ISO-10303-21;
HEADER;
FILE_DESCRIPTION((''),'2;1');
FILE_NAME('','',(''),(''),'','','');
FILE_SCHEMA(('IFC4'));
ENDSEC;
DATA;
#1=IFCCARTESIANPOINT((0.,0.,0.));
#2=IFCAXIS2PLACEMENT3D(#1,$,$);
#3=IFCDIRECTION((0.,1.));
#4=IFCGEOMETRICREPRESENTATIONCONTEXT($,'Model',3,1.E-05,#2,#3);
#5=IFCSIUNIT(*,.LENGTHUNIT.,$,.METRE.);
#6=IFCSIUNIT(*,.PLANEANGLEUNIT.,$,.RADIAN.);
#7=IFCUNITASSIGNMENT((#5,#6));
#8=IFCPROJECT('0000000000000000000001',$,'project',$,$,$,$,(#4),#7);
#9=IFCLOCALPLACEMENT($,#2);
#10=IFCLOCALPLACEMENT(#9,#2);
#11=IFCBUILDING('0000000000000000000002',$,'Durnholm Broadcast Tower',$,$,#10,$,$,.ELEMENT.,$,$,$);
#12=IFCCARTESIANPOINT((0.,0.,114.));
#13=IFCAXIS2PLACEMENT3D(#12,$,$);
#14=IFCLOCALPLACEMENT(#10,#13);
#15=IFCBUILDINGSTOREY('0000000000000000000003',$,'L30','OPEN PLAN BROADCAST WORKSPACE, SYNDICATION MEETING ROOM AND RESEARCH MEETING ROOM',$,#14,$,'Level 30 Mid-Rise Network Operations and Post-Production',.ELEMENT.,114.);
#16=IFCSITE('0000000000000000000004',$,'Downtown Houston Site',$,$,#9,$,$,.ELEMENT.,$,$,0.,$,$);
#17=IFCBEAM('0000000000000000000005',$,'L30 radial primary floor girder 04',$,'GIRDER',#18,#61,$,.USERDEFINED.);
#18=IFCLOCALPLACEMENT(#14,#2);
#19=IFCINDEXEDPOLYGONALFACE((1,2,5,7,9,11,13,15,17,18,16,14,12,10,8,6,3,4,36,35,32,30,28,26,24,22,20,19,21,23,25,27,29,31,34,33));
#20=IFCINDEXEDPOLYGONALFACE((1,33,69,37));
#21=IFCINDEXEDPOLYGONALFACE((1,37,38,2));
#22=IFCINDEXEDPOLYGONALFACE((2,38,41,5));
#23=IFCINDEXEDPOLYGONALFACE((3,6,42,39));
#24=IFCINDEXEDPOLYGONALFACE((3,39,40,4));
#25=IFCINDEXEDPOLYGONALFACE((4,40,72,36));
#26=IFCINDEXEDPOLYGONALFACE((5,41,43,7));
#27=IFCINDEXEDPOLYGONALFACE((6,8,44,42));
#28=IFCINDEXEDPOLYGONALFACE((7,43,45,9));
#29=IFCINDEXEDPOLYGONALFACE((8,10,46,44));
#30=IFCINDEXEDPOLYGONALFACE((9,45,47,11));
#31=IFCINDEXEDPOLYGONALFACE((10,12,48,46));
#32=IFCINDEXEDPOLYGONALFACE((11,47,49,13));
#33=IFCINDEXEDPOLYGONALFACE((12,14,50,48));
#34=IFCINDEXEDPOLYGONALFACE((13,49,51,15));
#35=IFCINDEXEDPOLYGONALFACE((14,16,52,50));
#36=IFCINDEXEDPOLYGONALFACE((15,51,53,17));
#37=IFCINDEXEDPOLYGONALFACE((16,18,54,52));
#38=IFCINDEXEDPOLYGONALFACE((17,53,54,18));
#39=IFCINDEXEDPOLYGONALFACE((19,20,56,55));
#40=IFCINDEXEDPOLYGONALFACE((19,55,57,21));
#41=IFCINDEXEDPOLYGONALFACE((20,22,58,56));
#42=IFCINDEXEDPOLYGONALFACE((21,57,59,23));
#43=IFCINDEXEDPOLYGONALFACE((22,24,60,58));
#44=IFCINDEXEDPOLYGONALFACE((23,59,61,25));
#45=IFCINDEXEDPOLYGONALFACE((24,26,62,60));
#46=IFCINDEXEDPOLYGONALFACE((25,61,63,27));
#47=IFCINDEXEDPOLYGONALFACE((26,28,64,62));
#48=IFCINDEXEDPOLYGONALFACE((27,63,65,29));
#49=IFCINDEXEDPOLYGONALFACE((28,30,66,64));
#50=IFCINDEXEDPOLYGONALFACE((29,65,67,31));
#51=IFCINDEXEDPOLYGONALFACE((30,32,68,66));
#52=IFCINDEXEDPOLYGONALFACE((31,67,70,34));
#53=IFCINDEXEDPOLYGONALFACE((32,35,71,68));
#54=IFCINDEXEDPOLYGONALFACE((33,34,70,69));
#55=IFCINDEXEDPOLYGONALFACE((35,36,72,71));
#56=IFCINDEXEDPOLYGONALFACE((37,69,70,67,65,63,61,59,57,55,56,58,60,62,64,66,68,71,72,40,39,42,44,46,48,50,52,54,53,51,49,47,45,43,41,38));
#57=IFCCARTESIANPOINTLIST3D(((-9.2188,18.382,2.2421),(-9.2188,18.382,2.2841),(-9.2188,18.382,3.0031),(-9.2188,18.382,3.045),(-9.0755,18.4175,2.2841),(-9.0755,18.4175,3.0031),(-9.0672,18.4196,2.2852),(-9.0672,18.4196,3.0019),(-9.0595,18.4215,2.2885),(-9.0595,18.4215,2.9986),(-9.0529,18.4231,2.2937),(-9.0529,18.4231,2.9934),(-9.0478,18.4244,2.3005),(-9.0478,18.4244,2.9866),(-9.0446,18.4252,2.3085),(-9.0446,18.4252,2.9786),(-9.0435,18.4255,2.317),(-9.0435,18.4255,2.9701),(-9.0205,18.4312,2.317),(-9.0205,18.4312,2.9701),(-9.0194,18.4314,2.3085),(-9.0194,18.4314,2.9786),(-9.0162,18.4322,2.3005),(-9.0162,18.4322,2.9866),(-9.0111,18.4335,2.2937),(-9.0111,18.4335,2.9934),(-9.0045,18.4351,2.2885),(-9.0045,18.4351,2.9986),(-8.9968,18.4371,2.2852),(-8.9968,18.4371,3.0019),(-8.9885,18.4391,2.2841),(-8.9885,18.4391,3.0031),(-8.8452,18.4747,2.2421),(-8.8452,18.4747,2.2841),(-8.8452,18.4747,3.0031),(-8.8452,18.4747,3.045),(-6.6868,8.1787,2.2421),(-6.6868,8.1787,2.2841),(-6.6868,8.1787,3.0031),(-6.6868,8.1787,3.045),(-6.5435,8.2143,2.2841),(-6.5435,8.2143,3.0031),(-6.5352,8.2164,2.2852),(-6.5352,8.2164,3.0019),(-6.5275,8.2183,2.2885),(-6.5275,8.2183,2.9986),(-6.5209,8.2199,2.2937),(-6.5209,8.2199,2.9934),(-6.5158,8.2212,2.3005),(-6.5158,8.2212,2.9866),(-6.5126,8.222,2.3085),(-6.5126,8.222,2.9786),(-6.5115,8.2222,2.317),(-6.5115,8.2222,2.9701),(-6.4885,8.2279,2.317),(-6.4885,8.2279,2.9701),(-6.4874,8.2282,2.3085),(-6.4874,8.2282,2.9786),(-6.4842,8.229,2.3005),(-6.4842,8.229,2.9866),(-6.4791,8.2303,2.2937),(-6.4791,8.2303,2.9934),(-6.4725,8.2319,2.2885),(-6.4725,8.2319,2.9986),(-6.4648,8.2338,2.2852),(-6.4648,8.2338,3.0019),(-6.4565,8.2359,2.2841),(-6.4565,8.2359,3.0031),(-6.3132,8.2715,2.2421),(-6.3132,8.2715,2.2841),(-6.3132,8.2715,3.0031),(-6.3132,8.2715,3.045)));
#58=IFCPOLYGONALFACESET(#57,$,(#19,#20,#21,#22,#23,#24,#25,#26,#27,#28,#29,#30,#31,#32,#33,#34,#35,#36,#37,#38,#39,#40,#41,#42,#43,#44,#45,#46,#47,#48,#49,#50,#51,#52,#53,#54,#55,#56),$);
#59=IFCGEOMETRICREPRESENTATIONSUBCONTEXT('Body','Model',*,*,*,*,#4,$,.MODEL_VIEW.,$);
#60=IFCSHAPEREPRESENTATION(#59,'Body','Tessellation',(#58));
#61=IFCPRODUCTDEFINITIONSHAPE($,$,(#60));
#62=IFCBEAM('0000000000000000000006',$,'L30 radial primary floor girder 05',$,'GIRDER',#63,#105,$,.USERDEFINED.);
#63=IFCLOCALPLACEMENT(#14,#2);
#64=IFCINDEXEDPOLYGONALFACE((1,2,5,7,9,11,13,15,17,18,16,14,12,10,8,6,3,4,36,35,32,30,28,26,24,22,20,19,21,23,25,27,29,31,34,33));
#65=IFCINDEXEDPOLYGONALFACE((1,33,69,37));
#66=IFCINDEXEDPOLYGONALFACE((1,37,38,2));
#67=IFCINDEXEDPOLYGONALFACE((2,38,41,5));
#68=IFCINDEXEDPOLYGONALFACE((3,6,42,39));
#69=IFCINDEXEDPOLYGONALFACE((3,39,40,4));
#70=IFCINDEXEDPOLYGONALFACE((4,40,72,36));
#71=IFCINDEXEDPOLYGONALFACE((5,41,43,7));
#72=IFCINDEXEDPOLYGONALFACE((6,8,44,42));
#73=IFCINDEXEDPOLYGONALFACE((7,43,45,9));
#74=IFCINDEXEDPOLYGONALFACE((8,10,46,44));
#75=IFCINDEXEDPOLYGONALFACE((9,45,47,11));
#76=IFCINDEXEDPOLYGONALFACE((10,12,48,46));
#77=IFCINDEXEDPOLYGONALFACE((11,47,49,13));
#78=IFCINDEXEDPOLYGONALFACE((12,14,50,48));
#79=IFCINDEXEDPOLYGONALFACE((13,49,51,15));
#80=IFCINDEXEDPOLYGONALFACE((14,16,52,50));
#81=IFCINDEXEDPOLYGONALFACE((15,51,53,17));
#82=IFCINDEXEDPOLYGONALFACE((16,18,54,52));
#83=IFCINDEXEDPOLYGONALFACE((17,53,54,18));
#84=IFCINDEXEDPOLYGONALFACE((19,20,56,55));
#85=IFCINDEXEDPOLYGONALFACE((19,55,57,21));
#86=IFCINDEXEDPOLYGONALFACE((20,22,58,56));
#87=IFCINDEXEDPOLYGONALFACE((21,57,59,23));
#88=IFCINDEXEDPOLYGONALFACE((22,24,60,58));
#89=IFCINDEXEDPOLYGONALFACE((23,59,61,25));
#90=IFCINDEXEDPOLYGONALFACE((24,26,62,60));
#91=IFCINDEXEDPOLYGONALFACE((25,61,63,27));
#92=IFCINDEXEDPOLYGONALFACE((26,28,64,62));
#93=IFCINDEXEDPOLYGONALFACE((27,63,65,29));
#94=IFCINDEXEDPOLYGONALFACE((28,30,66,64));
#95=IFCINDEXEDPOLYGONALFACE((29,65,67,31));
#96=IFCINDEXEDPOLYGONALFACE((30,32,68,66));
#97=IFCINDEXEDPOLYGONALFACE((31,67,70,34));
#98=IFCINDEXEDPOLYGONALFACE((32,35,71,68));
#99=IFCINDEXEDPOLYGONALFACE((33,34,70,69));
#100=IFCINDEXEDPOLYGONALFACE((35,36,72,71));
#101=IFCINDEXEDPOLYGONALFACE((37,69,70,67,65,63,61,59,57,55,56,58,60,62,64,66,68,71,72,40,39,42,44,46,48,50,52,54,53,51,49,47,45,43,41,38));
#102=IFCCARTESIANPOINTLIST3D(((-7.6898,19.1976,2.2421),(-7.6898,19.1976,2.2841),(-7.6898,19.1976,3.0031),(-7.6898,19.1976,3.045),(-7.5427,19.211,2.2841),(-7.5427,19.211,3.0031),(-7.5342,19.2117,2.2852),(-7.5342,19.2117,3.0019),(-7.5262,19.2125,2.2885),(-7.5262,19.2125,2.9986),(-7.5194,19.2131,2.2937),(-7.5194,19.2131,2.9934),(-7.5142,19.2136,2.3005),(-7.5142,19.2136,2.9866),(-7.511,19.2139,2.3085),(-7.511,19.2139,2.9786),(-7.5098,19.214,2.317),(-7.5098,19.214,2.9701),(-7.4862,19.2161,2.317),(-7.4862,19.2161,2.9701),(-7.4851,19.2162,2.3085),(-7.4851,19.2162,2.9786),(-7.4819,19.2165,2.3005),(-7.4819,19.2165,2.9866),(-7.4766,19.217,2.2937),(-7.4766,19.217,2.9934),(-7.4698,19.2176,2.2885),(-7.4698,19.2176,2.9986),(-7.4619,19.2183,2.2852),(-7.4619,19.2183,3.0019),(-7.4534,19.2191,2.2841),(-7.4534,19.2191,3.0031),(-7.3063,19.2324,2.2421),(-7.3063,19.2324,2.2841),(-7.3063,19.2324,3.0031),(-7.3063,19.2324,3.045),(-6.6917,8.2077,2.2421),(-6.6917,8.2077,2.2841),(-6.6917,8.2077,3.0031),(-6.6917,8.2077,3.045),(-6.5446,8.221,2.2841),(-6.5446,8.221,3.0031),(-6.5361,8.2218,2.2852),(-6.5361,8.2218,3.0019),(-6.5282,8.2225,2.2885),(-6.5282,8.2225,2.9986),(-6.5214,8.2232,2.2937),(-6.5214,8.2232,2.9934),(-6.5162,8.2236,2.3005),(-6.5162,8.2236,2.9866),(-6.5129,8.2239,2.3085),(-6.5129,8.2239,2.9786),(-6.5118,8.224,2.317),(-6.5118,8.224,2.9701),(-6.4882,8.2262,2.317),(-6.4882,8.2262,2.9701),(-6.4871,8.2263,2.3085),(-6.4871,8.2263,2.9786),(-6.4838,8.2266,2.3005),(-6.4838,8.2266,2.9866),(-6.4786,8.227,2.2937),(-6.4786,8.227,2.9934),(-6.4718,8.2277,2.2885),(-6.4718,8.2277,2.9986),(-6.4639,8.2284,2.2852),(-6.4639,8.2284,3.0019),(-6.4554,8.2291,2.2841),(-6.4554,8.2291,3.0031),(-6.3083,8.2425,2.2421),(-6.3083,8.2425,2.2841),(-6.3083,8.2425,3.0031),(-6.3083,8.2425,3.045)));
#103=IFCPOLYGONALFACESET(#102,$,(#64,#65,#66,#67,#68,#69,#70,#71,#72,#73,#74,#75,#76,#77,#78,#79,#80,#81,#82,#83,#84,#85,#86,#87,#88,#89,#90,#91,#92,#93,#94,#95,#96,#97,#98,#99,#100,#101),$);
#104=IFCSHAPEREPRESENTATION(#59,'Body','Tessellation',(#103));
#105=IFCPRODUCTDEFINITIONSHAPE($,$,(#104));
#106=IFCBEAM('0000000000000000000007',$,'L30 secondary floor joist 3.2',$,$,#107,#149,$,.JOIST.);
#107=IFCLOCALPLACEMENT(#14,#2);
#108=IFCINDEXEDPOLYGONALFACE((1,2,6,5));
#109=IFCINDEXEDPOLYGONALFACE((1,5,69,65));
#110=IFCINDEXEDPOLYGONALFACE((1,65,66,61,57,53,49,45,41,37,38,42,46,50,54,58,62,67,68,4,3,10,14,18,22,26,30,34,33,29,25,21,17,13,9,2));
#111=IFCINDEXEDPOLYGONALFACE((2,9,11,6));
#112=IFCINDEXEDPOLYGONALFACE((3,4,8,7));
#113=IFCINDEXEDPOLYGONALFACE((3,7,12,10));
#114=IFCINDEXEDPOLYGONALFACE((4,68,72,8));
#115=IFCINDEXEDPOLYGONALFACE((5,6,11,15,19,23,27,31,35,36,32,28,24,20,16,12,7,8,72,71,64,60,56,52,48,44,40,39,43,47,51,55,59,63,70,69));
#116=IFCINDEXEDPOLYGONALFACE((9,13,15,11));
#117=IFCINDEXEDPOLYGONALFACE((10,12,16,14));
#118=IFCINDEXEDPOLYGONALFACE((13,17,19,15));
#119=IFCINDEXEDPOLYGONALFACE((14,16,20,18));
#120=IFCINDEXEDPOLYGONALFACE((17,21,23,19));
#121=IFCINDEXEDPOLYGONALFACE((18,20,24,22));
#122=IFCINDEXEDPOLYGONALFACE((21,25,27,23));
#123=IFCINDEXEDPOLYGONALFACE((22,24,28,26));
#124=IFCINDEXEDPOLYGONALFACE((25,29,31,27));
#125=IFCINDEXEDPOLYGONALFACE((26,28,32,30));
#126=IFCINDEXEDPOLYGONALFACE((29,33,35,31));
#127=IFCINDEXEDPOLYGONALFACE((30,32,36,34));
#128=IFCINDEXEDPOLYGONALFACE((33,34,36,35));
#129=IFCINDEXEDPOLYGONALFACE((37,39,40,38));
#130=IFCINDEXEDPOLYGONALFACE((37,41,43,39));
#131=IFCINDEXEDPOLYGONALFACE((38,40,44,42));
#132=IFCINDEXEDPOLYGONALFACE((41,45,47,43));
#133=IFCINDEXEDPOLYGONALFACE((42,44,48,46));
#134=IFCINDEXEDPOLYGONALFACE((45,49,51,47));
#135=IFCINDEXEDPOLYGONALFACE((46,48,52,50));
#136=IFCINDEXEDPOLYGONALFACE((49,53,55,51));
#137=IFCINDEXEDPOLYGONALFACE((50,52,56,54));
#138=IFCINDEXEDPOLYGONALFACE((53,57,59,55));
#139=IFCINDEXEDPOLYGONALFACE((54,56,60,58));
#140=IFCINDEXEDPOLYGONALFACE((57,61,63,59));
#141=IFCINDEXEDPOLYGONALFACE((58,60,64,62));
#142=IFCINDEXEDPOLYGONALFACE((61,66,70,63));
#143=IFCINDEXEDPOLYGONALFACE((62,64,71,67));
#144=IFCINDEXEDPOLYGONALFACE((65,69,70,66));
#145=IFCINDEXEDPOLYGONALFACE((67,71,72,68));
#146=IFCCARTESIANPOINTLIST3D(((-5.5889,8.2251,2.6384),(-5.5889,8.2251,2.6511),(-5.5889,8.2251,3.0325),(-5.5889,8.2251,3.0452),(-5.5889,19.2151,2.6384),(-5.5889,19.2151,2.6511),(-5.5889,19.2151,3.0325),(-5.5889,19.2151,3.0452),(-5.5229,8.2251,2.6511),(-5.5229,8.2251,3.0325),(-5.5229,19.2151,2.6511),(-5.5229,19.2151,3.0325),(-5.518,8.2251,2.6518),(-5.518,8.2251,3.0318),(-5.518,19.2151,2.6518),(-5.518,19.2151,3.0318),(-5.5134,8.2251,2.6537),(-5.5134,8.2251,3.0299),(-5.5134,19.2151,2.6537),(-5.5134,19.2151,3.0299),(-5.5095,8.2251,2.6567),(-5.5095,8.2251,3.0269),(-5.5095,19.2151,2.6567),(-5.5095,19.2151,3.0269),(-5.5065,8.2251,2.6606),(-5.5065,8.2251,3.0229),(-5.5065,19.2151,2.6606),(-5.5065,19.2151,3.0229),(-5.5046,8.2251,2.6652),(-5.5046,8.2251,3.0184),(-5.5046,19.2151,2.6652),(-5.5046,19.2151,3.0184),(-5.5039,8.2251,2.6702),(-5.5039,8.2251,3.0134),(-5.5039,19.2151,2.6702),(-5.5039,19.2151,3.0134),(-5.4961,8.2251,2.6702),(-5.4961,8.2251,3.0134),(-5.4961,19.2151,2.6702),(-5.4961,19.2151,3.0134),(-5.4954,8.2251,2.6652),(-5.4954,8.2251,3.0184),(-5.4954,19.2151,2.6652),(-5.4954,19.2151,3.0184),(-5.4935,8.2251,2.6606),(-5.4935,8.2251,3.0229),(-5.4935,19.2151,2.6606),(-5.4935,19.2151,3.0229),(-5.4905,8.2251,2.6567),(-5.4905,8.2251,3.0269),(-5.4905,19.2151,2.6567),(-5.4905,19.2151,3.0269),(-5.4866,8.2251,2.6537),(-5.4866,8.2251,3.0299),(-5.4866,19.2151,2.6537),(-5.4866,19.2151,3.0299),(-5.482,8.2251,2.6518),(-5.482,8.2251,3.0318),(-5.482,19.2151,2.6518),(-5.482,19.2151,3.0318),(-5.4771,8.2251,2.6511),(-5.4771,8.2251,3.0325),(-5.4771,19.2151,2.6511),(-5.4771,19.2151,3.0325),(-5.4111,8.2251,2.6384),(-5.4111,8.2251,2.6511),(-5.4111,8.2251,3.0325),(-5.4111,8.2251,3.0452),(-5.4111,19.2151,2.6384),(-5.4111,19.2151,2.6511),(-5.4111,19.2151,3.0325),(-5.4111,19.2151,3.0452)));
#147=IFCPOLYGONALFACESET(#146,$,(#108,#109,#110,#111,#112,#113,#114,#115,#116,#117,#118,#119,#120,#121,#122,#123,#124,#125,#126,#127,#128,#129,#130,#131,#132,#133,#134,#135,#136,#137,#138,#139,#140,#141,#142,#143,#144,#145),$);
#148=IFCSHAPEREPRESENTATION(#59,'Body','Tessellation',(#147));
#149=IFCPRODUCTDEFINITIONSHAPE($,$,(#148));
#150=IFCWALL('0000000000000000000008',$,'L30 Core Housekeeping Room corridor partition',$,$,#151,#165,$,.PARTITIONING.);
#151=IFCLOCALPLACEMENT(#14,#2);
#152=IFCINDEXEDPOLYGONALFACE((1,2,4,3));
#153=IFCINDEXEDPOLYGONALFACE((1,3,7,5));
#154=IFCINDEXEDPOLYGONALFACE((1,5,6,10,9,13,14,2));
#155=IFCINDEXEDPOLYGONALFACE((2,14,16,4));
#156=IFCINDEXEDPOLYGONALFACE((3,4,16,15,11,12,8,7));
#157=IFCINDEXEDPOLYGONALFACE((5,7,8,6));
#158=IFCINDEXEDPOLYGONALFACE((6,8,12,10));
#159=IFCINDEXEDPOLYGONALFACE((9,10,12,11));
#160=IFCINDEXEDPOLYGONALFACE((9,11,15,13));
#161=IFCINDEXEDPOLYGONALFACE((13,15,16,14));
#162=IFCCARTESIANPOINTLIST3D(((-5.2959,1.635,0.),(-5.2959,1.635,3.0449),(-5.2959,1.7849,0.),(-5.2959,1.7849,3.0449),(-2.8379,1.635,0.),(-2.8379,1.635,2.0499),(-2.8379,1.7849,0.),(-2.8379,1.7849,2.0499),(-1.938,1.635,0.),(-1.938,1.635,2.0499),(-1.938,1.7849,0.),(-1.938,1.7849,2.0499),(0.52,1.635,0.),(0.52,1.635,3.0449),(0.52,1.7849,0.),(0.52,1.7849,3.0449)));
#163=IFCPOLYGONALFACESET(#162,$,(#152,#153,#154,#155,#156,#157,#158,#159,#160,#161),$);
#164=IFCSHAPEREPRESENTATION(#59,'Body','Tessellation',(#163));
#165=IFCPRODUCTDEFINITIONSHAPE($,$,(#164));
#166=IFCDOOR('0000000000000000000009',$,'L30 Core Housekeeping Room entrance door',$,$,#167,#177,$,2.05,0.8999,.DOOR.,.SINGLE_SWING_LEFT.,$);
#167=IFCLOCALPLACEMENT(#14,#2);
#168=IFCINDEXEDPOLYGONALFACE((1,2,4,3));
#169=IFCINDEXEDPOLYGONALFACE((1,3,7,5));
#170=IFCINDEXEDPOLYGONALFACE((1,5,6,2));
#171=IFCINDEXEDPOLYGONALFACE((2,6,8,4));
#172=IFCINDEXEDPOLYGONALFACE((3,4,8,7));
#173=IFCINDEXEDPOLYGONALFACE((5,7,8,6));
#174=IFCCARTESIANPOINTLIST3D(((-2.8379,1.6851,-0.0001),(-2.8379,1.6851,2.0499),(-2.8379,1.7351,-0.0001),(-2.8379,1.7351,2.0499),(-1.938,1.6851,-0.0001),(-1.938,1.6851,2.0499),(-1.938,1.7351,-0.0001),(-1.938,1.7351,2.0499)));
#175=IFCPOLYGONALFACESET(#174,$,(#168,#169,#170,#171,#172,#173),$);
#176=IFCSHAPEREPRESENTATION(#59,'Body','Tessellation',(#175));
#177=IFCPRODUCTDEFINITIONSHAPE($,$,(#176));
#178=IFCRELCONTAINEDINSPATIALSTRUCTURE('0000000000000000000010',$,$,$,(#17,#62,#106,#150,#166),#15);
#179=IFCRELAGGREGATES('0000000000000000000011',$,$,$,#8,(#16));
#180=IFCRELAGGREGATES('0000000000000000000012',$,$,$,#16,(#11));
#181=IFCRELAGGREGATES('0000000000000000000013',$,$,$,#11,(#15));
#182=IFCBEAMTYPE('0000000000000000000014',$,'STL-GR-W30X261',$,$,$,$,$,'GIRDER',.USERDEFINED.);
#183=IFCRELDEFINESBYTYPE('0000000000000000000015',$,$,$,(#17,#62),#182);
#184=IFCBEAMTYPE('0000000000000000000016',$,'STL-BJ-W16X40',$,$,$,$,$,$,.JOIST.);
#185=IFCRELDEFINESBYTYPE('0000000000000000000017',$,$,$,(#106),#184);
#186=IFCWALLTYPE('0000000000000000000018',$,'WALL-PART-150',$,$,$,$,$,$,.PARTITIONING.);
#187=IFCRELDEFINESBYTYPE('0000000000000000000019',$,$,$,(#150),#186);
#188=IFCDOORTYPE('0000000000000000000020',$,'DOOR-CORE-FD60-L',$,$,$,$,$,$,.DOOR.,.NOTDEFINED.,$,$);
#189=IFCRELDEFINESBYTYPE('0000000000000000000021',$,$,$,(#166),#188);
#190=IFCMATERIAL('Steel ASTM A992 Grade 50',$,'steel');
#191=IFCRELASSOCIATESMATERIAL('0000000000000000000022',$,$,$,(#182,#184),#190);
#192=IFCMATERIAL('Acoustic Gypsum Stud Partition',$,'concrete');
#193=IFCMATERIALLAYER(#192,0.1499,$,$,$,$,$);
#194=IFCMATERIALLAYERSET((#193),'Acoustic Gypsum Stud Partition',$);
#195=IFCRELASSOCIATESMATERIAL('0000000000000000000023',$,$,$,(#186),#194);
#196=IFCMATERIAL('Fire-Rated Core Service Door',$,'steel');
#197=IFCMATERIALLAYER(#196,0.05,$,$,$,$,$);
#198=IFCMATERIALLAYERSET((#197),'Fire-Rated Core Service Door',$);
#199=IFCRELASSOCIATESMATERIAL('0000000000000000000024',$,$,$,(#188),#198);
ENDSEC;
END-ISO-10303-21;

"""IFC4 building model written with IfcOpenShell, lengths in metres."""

from ifc_helpers import new_model, si_unit, direction, frame, frame_2d, origin, origin_2d, place, context, subcontext, project, spatial, rectangle, i_section, extrude, source, transform, mapped, material, layer, layer_set, material_profile, profile_set, type_object, type_shapes, element, fill, save


model = new_model("IFC4")

# Units and contexts
model_context = context("Model", 3, precision=1e-05, world=origin(), true_north=direction((0.0, 1.0)))
body_context = subcontext(model_context, "Body", "Model", "MODEL_VIEW")
ifc_project = project(units=[si_unit("LENGTHUNIT", "METRE"), si_unit("PLANEANGLEUNIT", "RADIAN")], contexts=[model_context])

# Site, building, storey
site_placement = place(None, origin())
site = spatial("IfcSite", under=ifc_project, at=site_placement, Name="Downtown Houston Site", CompositionType="ELEMENT", RefElevation=0.0)
building_placement = place(site_placement, origin())
building = spatial("IfcBuilding", under=site, at=building_placement, Name="Durnholm Broadcast Tower", CompositionType="ELEMENT")
storey_placement = place(building_placement, frame((0.0, 0.0, 114.0)))
storey = spatial("IfcBuildingStorey", under=building, at=storey_placement, Name="L30", Description="OPEN PLAN BROADCAST WORKSPACE, SYNDICATION MEETING ROOM AND RESEARCH MEETING ROOM", LongName="Level 30 Mid-Rise Network Operations and Post-Production", CompositionType="ELEMENT", Elevation=114.0)

# Beams
ifc_material_1 = material(Name="Steel ASTM A992 Grade 50", Category="steel")
ifc_material_profile_1 = material_profile(ifc_material_1, i_section(OverallWidth=0.385, OverallDepth=0.803, WebThickness=0.0237, FlangeThickness=0.042, FilletRadius=0.033, at=origin_2d()), Name="W30X261")
ifc_profile_set_1 = profile_set([ifc_material_profile_1], Name="Steel ASTM A992 Grade 50")
beam_type_1 = type_object("IfcBeamType", Name="STL-GR-W30X261", ElementType="GIRDER", PredefinedType="USERDEFINED", material=ifc_profile_set_1)
shared_shape_1 = source(origin(), body_context, "Body", "SweptSolid", [
    extrude(i_section(OverallWidth=0.385, OverallDepth=0.803, WebThickness=0.0237, FlangeThickness=0.042, FilletRadius=0.033, at=origin_2d()), origin(), (0.0, 0.0, 1.0), 10.5127),
])
beam_1_placement = place(storey_placement, frame((-6.5, 8.2251, 2.6436), z_axis=(-0.240852, 0.970562, 0.0), x_axis=(-0.970562, -0.240852, 0.0)))
element("IfcBeam", 1, at=beam_1_placement, inside=storey, type_object=beam_type_1, Name="L30 radial primary floor girder 04", ObjectType="GIRDER", PredefinedType="USERDEFINED", context=body_context, shape_type="MappedRepresentation", body=[
    mapped(shared_shape_1, transform((0.0, 0.0, 0.0), x_axis=(1.0, 0.0, 0.0), y_axis=(0.0, 1.0, 0.0), z_axis=(0.0, 0.0, 1.0), scale=1.0)),
])
shared_shape_2 = source(origin(), body_context, "Body", "SweptSolid", [
    extrude(i_section(OverallWidth=0.385, OverallDepth=0.803, WebThickness=0.0237, FlangeThickness=0.042, FilletRadius=0.033, at=origin_2d()), origin(), (0.0, 0.0, 1.0), 11.0352),
])
type_shapes(beam_type_1, [shared_shape_1, shared_shape_2])
beam_2_placement = place(storey_placement, frame((-6.5, 8.2251, 2.6436), z_axis=(-0.090442, 0.995902, 0.0), x_axis=(-0.995902, -0.090442, 0.0)))
element("IfcBeam", 2, at=beam_2_placement, inside=storey, type_object=beam_type_1, Name="L30 radial primary floor girder 05", ObjectType="GIRDER", PredefinedType="USERDEFINED", context=body_context, shape_type="MappedRepresentation", body=[
    mapped(shared_shape_2, transform((0.0, 0.0, 0.0), x_axis=(1.0, 0.0, 0.0), y_axis=(0.0, 1.0, 0.0), z_axis=(0.0, 0.0, 1.0), scale=1.0)),
])
ifc_material_profile_2 = material_profile(ifc_material_1, i_section(OverallWidth=0.1777, OverallDepth=0.4067, WebThickness=0.0078, FlangeThickness=0.0127, FilletRadius=0.019, at=origin_2d()), Name="W16X40")
ifc_profile_set_2 = profile_set([ifc_material_profile_2], Name="Steel ASTM A992 Grade 50")
beam_type_2 = type_object("IfcBeamType", Name="STL-BJ-W16X40", PredefinedType="JOIST", material=ifc_profile_set_2)
shared_shape_3 = source(origin(), body_context, "Body", "SweptSolid", [
    extrude(i_section(OverallWidth=0.1777, OverallDepth=0.4067, WebThickness=0.0078, FlangeThickness=0.0127, FilletRadius=0.019, at=origin_2d()), origin(), (0.0, 0.0, 1.0), 10.99),
])
type_shapes(beam_type_2, [shared_shape_3])
beam_3_placement = place(storey_placement, frame((-5.5, 8.2251, 2.8418), z_axis=(0.0, 1.0, 0.0), x_axis=(-1.0, 0.0, 0.0)))
element("IfcBeam", 3, at=beam_3_placement, inside=storey, type_object=beam_type_2, Name="L30 secondary floor joist 3.2", PredefinedType="JOIST", context=body_context, shape_type="MappedRepresentation", body=[
    mapped(shared_shape_3, transform((0.0, 0.0, 0.0), x_axis=(1.0, 0.0, 0.0), y_axis=(0.0, 1.0, 0.0), z_axis=(0.0, 0.0, 1.0), scale=1.0)),
])

# Wall, opening, door
ifc_material_2 = material(Name="Acoustic Gypsum Stud Partition", Category="concrete")
ifc_layer_1 = layer(ifc_material_2, 0.1499)
ifc_layer_set_1 = layer_set([ifc_layer_1], Name="Acoustic Gypsum Stud Partition")
wall_type_1 = type_object("IfcWallType", Name="WALL-PART-150", PredefinedType="PARTITIONING", material=ifc_layer_set_1)
wall_1_placement = place(storey_placement, frame((0.52, 1.71, 0.0), z_axis=(0.0, 0.0, 1.0), x_axis=(-1.0, 0.0, 0.0)))
wall_1 = element("IfcWall", 4, at=wall_1_placement, inside=storey, type_object=wall_type_1, Name="L30 Core Housekeeping Room corridor partition", PredefinedType="PARTITIONING", context=body_context, shape_type="SweptSolid", body=[
    extrude(rectangle(XDim=5.8159, YDim=0.1499, at=frame_2d((2.908, 0.0))), origin(), (0.0, 0.0, 1.0), 3.0449),
])
opening_1_placement = place(wall_1_placement, frame((2.458, 0.0, 0.0)))
opening_1 = element("IfcOpeningElement", 5, at=opening_1_placement, cuts=wall_1, PredefinedType="OPENING", context=body_context, shape_type="SweptSolid", body=[
    extrude(rectangle(XDim=0.8999, YDim=2.05, at=frame_2d((0.45, 1.0249))), frame((0.0, 0.085, 0.0), z_axis=(0.0, -1.0, 0.0), x_axis=(1.0, 0.0, 0.0)), (0.0, 0.0, 1.0), 0.1699),
])
ifc_material_3 = material(Name="Fire-Rated Core Service Door", Category="steel")
ifc_layer_2 = layer(ifc_material_3, 0.05)
ifc_layer_set_2 = layer_set([ifc_layer_2], Name="Fire-Rated Core Service Door")
door_type_1 = type_object("IfcDoorType", Name="DOOR-CORE-FD60-L", OperationType="NOTDEFINED", PredefinedType="DOOR", material=ifc_layer_set_2)
shared_shape_4 = source(origin(), body_context, "Body", "SweptSolid", [
    extrude(rectangle(XDim=0.8999, YDim=2.05, at=frame_2d((0.45, 1.0249))), frame((0.0, 0.0249, 0.0), z_axis=(0.0, -1.0, 0.0), x_axis=(1.0, 0.0, 0.0)), (0.0, 0.0, 1.0), 0.05),
])
type_shapes(door_type_1, [shared_shape_4])
door_1_placement = place(opening_1_placement, origin())
door_1 = element("IfcDoor", 6, at=door_1_placement, inside=storey, type_object=door_type_1, Name="L30 Core Housekeeping Room entrance door", OperationType="SINGLE_SWING_LEFT", OverallHeight=2.05, OverallWidth=0.8999, PredefinedType="DOOR", context=body_context, shape_type="MappedRepresentation", body=[
    mapped(shared_shape_4, transform((0.0, 0.0, 0.0), x_axis=(1.0, 0.0, 0.0), y_axis=(0.0, 1.0, 0.0), z_axis=(0.0, 0.0, 1.0), scale=1.0)),
])
fill(opening_1, door_1)

save(model, "model.ifc")
